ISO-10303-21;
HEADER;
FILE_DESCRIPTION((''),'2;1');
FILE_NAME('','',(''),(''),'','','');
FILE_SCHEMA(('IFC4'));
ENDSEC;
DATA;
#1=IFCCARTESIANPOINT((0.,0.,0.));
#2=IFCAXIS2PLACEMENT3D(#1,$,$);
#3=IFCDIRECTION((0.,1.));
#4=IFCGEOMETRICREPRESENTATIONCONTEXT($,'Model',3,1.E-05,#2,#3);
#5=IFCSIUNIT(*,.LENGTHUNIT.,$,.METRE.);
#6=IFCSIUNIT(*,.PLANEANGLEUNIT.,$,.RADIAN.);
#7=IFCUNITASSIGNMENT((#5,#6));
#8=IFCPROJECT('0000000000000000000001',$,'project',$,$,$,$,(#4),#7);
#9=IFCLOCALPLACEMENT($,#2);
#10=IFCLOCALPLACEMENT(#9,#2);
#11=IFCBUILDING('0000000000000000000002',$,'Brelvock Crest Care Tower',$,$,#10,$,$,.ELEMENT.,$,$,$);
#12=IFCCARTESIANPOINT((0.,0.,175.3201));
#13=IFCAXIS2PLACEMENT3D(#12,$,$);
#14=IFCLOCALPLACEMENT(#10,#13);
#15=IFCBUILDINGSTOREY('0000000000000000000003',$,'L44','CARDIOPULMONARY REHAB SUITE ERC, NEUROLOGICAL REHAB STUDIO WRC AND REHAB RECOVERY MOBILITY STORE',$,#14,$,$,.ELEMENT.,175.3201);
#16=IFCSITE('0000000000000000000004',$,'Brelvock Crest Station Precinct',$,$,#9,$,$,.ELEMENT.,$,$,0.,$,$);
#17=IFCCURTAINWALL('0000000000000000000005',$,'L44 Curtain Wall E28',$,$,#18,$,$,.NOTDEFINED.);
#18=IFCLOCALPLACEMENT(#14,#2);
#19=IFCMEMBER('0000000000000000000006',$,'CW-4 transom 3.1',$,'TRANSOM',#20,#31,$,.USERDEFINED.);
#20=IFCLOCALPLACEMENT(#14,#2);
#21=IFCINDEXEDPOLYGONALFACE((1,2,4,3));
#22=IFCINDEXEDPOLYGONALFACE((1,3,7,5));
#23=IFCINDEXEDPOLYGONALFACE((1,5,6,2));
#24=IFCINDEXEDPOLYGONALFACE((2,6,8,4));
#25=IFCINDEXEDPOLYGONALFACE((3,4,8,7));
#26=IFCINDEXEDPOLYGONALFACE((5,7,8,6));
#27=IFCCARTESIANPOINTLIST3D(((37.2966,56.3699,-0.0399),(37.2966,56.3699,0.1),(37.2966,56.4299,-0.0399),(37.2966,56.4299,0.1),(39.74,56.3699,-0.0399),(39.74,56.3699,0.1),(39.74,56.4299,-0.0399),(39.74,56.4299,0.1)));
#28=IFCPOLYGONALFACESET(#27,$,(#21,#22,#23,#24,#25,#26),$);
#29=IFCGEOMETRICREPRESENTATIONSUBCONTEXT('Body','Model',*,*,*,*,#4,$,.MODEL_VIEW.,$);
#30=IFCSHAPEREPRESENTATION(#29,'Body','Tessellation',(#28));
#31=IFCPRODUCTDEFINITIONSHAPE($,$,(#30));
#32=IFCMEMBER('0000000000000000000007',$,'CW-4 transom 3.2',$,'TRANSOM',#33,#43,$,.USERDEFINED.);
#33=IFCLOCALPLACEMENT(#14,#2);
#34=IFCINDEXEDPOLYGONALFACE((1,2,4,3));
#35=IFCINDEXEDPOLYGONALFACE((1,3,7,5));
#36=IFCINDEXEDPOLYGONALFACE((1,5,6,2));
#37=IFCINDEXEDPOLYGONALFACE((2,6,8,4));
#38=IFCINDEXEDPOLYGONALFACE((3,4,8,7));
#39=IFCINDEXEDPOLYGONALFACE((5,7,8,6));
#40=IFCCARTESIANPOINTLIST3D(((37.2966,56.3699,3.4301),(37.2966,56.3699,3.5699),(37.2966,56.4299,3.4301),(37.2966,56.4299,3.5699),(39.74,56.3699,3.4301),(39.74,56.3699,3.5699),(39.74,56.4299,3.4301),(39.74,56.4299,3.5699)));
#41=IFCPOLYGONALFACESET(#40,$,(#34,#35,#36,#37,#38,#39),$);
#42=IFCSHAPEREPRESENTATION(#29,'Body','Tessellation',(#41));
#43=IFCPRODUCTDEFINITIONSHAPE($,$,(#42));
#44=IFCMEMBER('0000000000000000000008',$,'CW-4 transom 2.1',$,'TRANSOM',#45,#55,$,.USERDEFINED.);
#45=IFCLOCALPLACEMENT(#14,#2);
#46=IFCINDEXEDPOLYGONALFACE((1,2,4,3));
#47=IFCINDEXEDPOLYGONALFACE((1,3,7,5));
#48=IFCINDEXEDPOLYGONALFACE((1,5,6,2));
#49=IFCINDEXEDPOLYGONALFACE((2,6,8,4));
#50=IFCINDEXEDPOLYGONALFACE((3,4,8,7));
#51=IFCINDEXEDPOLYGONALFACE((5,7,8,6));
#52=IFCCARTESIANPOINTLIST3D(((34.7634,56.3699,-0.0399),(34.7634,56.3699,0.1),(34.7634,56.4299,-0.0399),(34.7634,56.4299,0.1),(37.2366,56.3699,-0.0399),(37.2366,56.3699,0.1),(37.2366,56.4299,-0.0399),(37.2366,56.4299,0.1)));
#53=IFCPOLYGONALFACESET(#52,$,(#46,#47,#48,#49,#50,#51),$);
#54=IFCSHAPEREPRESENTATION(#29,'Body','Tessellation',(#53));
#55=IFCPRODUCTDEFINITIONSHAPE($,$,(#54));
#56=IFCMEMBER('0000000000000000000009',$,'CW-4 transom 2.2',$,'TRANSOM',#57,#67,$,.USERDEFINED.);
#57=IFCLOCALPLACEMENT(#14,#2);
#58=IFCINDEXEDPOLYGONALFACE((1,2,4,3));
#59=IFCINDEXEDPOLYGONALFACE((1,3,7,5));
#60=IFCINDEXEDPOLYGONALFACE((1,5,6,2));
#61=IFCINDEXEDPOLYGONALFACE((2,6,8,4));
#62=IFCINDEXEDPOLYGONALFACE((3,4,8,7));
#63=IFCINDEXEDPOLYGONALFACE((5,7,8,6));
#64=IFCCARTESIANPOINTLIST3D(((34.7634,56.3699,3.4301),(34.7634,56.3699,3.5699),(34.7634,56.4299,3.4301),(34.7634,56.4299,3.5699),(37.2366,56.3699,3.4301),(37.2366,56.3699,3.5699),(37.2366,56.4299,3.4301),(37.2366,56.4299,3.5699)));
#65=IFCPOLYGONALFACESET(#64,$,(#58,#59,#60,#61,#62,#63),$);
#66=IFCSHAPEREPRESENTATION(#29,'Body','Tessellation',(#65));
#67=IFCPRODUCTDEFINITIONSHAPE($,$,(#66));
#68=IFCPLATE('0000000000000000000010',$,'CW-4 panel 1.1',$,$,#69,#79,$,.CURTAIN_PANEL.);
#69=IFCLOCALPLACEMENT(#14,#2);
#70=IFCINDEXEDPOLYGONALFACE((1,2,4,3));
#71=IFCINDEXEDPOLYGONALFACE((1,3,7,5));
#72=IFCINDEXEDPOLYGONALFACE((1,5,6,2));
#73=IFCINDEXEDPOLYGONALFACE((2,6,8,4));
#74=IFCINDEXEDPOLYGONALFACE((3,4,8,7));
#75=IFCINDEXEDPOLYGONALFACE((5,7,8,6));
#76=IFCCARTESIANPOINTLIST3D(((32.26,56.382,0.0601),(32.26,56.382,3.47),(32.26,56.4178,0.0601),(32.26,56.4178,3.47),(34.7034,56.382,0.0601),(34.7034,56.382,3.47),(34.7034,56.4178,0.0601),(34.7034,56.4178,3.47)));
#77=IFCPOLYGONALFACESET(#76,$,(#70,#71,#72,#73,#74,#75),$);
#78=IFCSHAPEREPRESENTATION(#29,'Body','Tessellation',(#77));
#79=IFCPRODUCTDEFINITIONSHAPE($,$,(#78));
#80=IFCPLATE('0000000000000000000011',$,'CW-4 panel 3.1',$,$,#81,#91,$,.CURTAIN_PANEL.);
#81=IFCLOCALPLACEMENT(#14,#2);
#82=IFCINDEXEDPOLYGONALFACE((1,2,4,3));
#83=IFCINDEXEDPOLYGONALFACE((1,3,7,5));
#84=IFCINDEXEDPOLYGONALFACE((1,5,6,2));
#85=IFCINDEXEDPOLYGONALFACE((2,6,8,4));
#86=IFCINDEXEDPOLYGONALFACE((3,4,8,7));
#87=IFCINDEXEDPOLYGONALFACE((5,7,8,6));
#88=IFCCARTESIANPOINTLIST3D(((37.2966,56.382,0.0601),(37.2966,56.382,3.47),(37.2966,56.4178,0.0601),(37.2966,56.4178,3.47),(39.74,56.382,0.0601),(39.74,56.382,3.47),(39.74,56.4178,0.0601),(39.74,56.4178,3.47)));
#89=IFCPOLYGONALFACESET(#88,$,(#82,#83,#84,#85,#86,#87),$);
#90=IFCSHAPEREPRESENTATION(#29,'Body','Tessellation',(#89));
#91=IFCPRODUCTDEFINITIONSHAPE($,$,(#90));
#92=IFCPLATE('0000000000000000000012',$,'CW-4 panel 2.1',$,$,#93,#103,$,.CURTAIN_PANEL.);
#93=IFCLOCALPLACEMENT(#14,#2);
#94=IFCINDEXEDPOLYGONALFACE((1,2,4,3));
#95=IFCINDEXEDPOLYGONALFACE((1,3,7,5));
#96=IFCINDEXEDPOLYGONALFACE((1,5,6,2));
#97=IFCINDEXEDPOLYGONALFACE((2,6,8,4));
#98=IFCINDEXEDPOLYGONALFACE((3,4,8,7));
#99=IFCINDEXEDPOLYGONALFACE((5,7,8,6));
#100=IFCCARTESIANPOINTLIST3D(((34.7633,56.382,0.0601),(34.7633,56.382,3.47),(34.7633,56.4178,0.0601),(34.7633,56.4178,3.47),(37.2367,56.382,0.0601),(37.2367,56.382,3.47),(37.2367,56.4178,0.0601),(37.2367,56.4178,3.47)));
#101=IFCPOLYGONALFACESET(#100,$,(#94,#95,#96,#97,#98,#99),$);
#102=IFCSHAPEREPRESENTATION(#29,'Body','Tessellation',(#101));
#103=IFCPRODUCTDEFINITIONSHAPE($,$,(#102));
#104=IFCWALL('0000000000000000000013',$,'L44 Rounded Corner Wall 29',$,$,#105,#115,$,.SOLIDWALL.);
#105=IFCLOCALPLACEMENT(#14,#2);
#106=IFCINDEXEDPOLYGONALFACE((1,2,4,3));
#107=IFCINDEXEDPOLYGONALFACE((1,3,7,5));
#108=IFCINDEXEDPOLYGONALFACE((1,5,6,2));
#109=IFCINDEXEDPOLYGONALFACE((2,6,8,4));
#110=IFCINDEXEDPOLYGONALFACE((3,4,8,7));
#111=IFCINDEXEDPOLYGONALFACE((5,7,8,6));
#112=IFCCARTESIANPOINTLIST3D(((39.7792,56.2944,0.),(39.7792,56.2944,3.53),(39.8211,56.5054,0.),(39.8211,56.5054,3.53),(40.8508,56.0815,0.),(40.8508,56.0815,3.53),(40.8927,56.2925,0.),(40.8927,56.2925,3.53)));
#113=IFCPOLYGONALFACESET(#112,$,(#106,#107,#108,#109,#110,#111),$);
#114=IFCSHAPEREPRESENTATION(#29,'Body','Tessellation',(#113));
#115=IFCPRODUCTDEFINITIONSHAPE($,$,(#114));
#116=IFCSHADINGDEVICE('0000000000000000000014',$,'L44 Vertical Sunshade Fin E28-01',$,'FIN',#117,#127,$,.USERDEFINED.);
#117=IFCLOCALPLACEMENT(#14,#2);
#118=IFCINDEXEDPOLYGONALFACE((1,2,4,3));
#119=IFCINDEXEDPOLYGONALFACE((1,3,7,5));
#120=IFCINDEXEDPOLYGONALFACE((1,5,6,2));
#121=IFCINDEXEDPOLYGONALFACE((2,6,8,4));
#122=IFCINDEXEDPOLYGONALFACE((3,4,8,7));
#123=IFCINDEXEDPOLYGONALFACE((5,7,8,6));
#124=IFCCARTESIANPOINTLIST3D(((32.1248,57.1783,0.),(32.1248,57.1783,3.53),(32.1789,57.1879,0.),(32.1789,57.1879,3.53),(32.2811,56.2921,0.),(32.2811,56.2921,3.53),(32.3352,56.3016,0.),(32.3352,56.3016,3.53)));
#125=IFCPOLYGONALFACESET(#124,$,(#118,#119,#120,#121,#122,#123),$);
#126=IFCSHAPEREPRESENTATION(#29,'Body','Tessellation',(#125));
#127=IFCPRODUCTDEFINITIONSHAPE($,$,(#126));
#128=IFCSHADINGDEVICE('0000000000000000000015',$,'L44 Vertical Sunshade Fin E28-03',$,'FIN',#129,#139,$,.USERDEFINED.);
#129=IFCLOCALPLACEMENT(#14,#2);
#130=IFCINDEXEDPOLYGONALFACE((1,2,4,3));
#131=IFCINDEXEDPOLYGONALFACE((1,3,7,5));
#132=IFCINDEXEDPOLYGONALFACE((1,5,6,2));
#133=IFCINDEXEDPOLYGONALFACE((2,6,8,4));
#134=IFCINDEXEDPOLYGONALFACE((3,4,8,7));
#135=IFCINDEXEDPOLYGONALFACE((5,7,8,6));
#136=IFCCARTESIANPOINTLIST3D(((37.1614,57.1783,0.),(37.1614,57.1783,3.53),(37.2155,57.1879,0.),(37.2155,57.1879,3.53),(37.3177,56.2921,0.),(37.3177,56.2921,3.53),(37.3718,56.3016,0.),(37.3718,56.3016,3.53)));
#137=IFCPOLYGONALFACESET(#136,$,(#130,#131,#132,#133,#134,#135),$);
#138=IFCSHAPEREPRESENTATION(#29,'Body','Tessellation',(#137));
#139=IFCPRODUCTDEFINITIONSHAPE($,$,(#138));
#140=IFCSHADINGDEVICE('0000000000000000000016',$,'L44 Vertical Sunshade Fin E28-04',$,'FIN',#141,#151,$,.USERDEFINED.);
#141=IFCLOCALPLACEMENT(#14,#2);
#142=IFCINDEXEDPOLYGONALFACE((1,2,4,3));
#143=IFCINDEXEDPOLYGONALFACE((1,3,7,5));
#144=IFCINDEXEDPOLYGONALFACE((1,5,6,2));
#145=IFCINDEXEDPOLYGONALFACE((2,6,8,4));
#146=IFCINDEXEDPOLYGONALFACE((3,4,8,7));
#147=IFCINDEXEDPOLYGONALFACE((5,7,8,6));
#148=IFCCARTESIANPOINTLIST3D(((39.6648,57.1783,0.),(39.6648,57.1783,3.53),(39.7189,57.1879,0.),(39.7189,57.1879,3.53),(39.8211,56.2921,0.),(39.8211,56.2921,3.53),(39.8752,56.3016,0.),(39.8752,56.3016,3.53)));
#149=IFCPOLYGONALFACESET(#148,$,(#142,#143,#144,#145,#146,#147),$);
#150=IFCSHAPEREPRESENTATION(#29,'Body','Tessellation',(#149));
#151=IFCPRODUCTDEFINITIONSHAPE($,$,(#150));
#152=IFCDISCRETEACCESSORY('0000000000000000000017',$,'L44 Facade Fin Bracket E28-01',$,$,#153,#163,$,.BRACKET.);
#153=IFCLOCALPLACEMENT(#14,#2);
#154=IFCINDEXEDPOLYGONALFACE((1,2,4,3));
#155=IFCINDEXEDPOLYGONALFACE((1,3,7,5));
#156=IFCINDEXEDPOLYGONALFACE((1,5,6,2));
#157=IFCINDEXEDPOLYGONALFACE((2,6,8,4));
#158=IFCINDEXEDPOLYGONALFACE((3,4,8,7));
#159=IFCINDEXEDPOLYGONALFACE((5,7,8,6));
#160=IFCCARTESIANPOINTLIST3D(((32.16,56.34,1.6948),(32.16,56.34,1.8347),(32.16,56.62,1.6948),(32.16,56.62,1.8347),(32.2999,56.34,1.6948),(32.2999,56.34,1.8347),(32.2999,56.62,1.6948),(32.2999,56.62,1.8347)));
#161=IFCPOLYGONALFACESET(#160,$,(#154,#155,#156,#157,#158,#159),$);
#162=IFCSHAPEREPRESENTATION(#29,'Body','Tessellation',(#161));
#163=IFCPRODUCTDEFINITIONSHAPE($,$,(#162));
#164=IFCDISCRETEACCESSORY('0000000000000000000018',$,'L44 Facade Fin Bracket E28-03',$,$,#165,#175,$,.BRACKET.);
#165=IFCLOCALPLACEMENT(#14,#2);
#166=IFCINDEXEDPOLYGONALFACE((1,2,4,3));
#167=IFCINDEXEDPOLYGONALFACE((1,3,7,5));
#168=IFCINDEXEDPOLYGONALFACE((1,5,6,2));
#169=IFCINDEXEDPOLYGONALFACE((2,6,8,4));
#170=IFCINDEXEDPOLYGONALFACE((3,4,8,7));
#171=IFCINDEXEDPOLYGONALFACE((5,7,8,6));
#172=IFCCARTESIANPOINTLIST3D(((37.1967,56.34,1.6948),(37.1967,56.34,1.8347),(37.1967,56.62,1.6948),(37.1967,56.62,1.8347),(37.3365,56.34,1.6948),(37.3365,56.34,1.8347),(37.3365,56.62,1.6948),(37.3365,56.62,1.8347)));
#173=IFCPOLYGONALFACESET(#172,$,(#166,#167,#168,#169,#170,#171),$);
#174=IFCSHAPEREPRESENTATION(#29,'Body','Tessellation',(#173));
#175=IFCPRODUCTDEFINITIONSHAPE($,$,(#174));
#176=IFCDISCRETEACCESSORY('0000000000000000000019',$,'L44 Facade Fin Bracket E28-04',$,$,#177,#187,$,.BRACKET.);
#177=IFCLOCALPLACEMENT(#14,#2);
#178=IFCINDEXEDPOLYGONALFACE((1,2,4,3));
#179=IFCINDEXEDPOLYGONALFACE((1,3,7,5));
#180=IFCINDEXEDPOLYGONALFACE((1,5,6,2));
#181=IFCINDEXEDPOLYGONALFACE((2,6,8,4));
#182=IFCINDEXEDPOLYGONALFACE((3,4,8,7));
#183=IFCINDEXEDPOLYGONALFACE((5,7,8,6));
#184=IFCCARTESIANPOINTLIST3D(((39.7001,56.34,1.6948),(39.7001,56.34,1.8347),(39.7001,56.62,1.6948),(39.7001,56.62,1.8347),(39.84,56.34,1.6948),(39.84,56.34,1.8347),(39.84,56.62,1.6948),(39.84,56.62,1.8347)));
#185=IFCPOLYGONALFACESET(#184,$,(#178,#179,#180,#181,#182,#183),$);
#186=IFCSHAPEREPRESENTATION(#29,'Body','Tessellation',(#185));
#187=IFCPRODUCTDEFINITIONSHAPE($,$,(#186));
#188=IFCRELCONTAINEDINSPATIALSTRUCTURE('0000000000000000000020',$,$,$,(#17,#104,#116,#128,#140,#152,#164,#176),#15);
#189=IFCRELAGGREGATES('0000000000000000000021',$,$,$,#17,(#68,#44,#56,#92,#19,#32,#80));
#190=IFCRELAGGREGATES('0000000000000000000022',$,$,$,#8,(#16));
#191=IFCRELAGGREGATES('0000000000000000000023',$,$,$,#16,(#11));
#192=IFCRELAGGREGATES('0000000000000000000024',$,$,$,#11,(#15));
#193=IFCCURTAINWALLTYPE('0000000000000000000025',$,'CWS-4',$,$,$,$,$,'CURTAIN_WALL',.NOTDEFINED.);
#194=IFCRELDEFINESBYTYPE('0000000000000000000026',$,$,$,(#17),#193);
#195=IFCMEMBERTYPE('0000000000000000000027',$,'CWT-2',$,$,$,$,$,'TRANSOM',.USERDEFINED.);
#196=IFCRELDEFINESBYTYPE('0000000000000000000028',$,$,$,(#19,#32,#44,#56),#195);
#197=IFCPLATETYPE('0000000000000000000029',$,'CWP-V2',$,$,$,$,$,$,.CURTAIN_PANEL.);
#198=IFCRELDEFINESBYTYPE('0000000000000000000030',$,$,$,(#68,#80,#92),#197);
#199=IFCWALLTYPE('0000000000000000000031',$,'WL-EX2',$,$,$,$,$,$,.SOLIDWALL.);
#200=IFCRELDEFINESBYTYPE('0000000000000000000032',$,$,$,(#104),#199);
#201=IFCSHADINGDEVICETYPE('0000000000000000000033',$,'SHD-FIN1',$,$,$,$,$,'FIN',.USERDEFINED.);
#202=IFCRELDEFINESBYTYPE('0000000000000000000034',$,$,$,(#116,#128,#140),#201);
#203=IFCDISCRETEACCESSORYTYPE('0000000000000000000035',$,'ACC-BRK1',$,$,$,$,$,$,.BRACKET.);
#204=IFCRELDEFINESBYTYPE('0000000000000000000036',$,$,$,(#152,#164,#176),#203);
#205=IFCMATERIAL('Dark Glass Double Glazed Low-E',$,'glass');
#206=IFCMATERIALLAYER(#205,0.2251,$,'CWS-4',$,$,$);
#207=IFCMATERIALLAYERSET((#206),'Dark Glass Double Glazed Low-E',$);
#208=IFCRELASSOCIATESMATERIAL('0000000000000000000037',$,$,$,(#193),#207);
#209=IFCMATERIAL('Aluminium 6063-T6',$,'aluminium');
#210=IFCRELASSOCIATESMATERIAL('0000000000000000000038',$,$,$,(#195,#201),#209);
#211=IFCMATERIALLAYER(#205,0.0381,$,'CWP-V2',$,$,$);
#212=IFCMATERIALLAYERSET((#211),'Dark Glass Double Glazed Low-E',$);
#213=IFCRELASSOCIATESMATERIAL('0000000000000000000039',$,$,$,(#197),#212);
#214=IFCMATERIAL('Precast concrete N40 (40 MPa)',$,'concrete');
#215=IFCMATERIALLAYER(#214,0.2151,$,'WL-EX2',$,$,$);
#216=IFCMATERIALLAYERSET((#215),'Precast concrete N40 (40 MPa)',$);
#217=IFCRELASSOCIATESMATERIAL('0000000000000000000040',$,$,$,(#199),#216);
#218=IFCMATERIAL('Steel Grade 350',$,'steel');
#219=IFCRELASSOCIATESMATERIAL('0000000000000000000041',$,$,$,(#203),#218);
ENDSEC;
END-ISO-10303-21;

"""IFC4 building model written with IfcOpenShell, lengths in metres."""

from ifc_helpers import new_model, si_unit, direction, frame, frame_2d, origin, origin_2d, place, context, subcontext, project, spatial, rectangle, extrude, source, transform, mapped, material, layer, layer_set, material_profile, profile_set, type_object, element, aggregate, save


model = new_model("IFC4")

# Units and contexts
model_context = context("Model", 3, precision=1e-05, world=origin(), true_north=direction((0.0, 1.0)))
body_context = subcontext(model_context, "Body", "Model", "MODEL_VIEW")
ifc_project = project(units=[si_unit("LENGTHUNIT", "METRE"), si_unit("PLANEANGLEUNIT", "RADIAN")], contexts=[model_context])

# Site, building, storey
site_placement = place(None, origin())
site = spatial("IfcSite", under=ifc_project, at=site_placement, Name="Brelvock Crest Station Precinct", CompositionType="ELEMENT", RefElevation=0.0)
building_placement = place(site_placement, origin())
building = spatial("IfcBuilding", under=site, at=building_placement, Name="Brelvock Crest Care Tower", CompositionType="ELEMENT")
storey_placement = place(building_placement, frame((0.0, 0.0, 175.3201)))
storey = spatial("IfcBuildingStorey", under=building, at=storey_placement, Name="L44", Description="CARDIOPULMONARY REHAB SUITE ERC, NEUROLOGICAL REHAB STUDIO WRC AND REHAB RECOVERY MOBILITY STORE", CompositionType="ELEMENT", Elevation=175.3201)

# Shared definitions
ifc_material_1 = material(Name="Steel Grade 350", Category="steel")

# Curtain wall, members, plates
ifc_material_2 = material(Name="Dark Glass Double Glazed Low-E", Category="glass")
ifc_layer_1 = layer(ifc_material_2, 0.2251, Name="CWS-4")
ifc_layer_set_1 = layer_set([ifc_layer_1], Name="Dark Glass Double Glazed Low-E")
curtain_wall_type = type_object("IfcCurtainWallType", Name="CWS-4", ElementType="CURTAIN_WALL", PredefinedType="NOTDEFINED", material=ifc_layer_set_1)
curtain_wall_placement = place(storey_placement, origin())
curtain_wall = element("IfcCurtainWall", 1, at=curtain_wall_placement, inside=storey, type_object=curtain_wall_type, Name="L44 Curtain Wall E28", PredefinedType="NOTDEFINED")
ifc_material_3 = material(Name="Aluminium 6063-T6", Category="aluminium")
ifc_material_profile_1 = material_profile(ifc_material_3, rectangle(XDim=0.0601, YDim=0.1399, at=origin_2d()), Name="ALU60x140")
ifc_profile_set_1 = profile_set([ifc_material_profile_1], Name="Aluminium 6063-T6")
member_type_1 = type_object("IfcMemberType", Name="CWT-2", ElementType="TRANSOM", PredefinedType="USERDEFINED", material=ifc_profile_set_1)
shared_shape_1 = source(origin(), body_context, "Body", "SweptSolid", [
    extrude(rectangle(XDim=0.0601, YDim=0.1399, at=origin_2d()), origin(), (0.0, 0.0, 1.0), 2.4434),
])
member_1_placement = place(storey_placement, frame((37.2966, 56.3999, 0.03), z_axis=(1.0, 0.0, 0.0), x_axis=(0.0, 1.0, 0.0)))
member_1 = element("IfcMember", 2, at=member_1_placement, type_object=member_type_1, Name="CW-4 transom 3.1", ObjectType="TRANSOM", PredefinedType="USERDEFINED", context=body_context, shape_type="MappedRepresentation", body=[
    mapped(shared_shape_1, transform((0.0, 0.0, 0.0), x_axis=(1.0, 0.0, 0.0), y_axis=(0.0, 1.0, 0.0), z_axis=(0.0, 0.0, 1.0), scale=1.0)),
])
member_2_placement = place(storey_placement, frame((37.2966, 56.3999, 3.5), z_axis=(1.0, 0.0, 0.0), x_axis=(0.0, 1.0, 0.0)))
member_2 = element("IfcMember", 3, at=member_2_placement, type_object=member_type_1, Name="CW-4 transom 3.2", ObjectType="TRANSOM", PredefinedType="USERDEFINED", context=body_context, shape_type="MappedRepresentation", body=[
    mapped(shared_shape_1, transform((0.0, 0.0, 0.0), x_axis=(1.0, 0.0, 0.0), y_axis=(0.0, 1.0, 0.0), z_axis=(0.0, 0.0, 1.0), scale=1.0)),
])
shared_shape_2 = source(origin(), body_context, "Body", "SweptSolid", [
    extrude(rectangle(XDim=0.0601, YDim=0.1399, at=origin_2d()), origin(), (0.0, 0.0, 1.0), 2.4731),
])
member_3_placement = place(storey_placement, frame((34.7634, 56.3999, 0.03), z_axis=(1.0, 0.0, 0.0), x_axis=(0.0, 1.0, 0.0)))
member_3 = element("IfcMember", 4, at=member_3_placement, type_object=member_type_1, Name="CW-4 transom 2.1", ObjectType="TRANSOM", PredefinedType="USERDEFINED", context=body_context, shape_type="MappedRepresentation", body=[
    mapped(shared_shape_2, transform((0.0, 0.0, 0.0), x_axis=(1.0, 0.0, 0.0), y_axis=(0.0, 1.0, 0.0), z_axis=(0.0, 0.0, 1.0), scale=1.0)),
])
member_4_placement = place(storey_placement, frame((34.7634, 56.3999, 3.5), z_axis=(1.0, 0.0, 0.0), x_axis=(0.0, 1.0, 0.0)))
member_4 = element("IfcMember", 5, at=member_4_placement, type_object=member_type_1, Name="CW-4 transom 2.2", ObjectType="TRANSOM", PredefinedType="USERDEFINED", context=body_context, shape_type="MappedRepresentation", body=[
    mapped(shared_shape_2, transform((0.0, 0.0, 0.0), x_axis=(1.0, 0.0, 0.0), y_axis=(0.0, 1.0, 0.0), z_axis=(0.0, 0.0, 1.0), scale=1.0)),
])
ifc_layer_2 = layer(ifc_material_2, 0.0381, Name="CWP-V2")
ifc_layer_set_2 = layer_set([ifc_layer_2], Name="Dark Glass Double Glazed Low-E")
plate_type = type_object("IfcPlateType", Name="CWP-V2", PredefinedType="CURTAIN_PANEL", material=ifc_layer_set_2)
shared_shape_3 = source(origin(), body_context, "Body", "SweptSolid", [
    extrude(rectangle(XDim=2.4434, YDim=0.0359, at=origin_2d()), origin(), (0.0, 0.0, 1.0), 3.4099),
])
plate_1_placement = place(storey_placement, frame((33.4817, 56.3999, 0.0601), z_axis=(0.0, 0.0, 1.0), x_axis=(1.0, 0.0, 0.0)))
plate_1 = element("IfcPlate", 6, at=plate_1_placement, type_object=plate_type, Name="CW-4 panel 1.1", PredefinedType="CURTAIN_PANEL", context=body_context, shape_type="MappedRepresentation", body=[
    mapped(shared_shape_3, transform((0.0, 0.0, 0.0), x_axis=(1.0, 0.0, 0.0), y_axis=(0.0, 1.0, 0.0), z_axis=(0.0, 0.0, 1.0), scale=1.0)),
])
plate_2_placement = place(storey_placement, frame((38.5183, 56.3999, 0.0601), z_axis=(0.0, 0.0, 1.0), x_axis=(1.0, 0.0, 0.0)))
plate_2 = element("IfcPlate", 7, at=plate_2_placement, type_object=plate_type, Name="CW-4 panel 3.1", PredefinedType="CURTAIN_PANEL", context=body_context, shape_type="MappedRepresentation", body=[
    mapped(shared_shape_3, transform((0.0, 0.0, 0.0), x_axis=(1.0, 0.0, 0.0), y_axis=(0.0, 1.0, 0.0), z_axis=(0.0, 0.0, 1.0), scale=1.0)),
])
shared_shape_4 = source(origin(), body_context, "Body", "SweptSolid", [
    extrude(rectangle(XDim=2.4734, YDim=0.0359, at=origin_2d()), origin(), (0.0, 0.0, 1.0), 3.4099),
])
plate_3_placement = place(storey_placement, frame((36.0, 56.3999, 0.0601), z_axis=(0.0, 0.0, 1.0), x_axis=(1.0, 0.0, 0.0)))
plate_3 = element("IfcPlate", 8, at=plate_3_placement, type_object=plate_type, Name="CW-4 panel 2.1", PredefinedType="CURTAIN_PANEL", context=body_context, shape_type="MappedRepresentation", body=[
    mapped(shared_shape_4, transform((0.0, 0.0, 0.0), x_axis=(1.0, 0.0, 0.0), y_axis=(0.0, 1.0, 0.0), z_axis=(0.0, 0.0, 1.0), scale=1.0)),
])
aggregate(curtain_wall, [plate_1, member_3, member_4, plate_3, member_1, member_2, plate_2])

# Wall
ifc_material_4 = material(Name="Precast concrete N40 (40 MPa)", Category="concrete")
ifc_layer_3 = layer(ifc_material_4, 0.2151, Name="WL-EX2")
ifc_layer_set_3 = layer_set([ifc_layer_3], Name="Precast concrete N40 (40 MPa)")
wall_type = type_object("IfcWallType", Name="WL-EX2", PredefinedType="SOLIDWALL", material=ifc_layer_set_3)
wall_placement = place(storey_placement, frame((39.8, 56.3999, 0.0), z_axis=(0.0, 0.0, 1.0), x_axis=(0.980829, -0.19487, 0.0)))
element("IfcWall", 9, at=wall_placement, inside=storey, type_object=wall_type, Name="L44 Rounded Corner Wall 29", PredefinedType="SOLIDWALL", context=body_context, shape_type="SweptSolid", body=[
    extrude(rectangle(XDim=1.0925, YDim=0.2151, at=frame_2d((0.5464, 0.0))), origin(), (0.0, 0.0, 1.0), 3.53),
])

# Shading devices
ifc_material_profile_2 = material_profile(ifc_material_3, rectangle(XDim=0.0549, YDim=0.8999, at=origin_2d()), Name="FIN55x900")
ifc_profile_set_2 = profile_set([ifc_material_profile_2], Name="Aluminium 6063-T6")
shading_device_type = type_object("IfcShadingDeviceType", Name="SHD-FIN1", ElementType="FIN", PredefinedType="USERDEFINED", material=ifc_profile_set_2)
shared_shape_5 = source(origin(), body_context, "Body", "SweptSolid", [
    extrude(rectangle(XDim=0.0549, YDim=0.8999, at=origin_2d()), origin(), (0.0, 0.0, 1.0), 3.53),
])
for number, where, z_axis, x_axis, name in (
    (10, (32.23, 56.74, 0.0), (0.0, 0.0, 1.0), (0.984808, 0.173648, 0.0), "L44 Vertical Sunshade Fin E28-01"),
    (11, (37.2666, 56.74, 0.0), (0.0, 0.0, 1.0), (0.984808, 0.173648, 0.0), "L44 Vertical Sunshade Fin E28-03"),
    (12, (39.77, 56.74, 0.0), (0.0, 0.0, 1.0), (0.984808, 0.173648, 0.0), "L44 Vertical Sunshade Fin E28-04"),
):
    element("IfcShadingDevice", number, at=place(storey_placement, frame(where, z_axis=z_axis, x_axis=x_axis)), inside=storey, type_object=shading_device_type, Name=name, ObjectType="FIN", PredefinedType="USERDEFINED", context=body_context, shape_type="MappedRepresentation", body=[
        mapped(shared_shape_5, transform((0.0, 0.0, 0.0), x_axis=(1.0, 0.0, 0.0), y_axis=(0.0, 1.0, 0.0), z_axis=(0.0, 0.0, 1.0), scale=1.0)),
    ])

# Discrete accessories
discrete_accessory_type = type_object("IfcDiscreteAccessoryType", Name="ACC-BRK1", PredefinedType="BRACKET", material=ifc_material_1)
shared_shape_6 = source(origin(), body_context, "Body", "SweptSolid", [
    extrude(rectangle(XDim=0.28, YDim=0.1399, at=origin_2d()), origin(), (0.0, 0.0, 1.0), 0.1399),
])
for number, where, z_axis, x_axis, name in (
    (13, (32.23, 56.48, 1.6948), (0.0, 0.0, 1.0), (0.0, 1.0, 0.0), "L44 Facade Fin Bracket E28-01"),
    (14, (37.2666, 56.48, 1.6948), (0.0, 0.0, 1.0), (0.0, 1.0, 0.0), "L44 Facade Fin Bracket E28-03"),
    (15, (39.77, 56.48, 1.6948), (0.0, 0.0, 1.0), (0.0, 1.0, 0.0), "L44 Facade Fin Bracket E28-04"),
):
    element("IfcDiscreteAccessory", number, at=place(storey_placement, frame(where, z_axis=z_axis, x_axis=x_axis)), inside=storey, type_object=discrete_accessory_type, Name=name, PredefinedType="BRACKET", context=body_context, shape_type="MappedRepresentation", body=[
        mapped(shared_shape_6, transform((0.0, 0.0, 0.0), x_axis=(1.0, 0.0, 0.0), y_axis=(0.0, 1.0, 0.0), z_axis=(0.0, 0.0, 1.0), scale=1.0)),
    ])

save(model, "model.ifc")
